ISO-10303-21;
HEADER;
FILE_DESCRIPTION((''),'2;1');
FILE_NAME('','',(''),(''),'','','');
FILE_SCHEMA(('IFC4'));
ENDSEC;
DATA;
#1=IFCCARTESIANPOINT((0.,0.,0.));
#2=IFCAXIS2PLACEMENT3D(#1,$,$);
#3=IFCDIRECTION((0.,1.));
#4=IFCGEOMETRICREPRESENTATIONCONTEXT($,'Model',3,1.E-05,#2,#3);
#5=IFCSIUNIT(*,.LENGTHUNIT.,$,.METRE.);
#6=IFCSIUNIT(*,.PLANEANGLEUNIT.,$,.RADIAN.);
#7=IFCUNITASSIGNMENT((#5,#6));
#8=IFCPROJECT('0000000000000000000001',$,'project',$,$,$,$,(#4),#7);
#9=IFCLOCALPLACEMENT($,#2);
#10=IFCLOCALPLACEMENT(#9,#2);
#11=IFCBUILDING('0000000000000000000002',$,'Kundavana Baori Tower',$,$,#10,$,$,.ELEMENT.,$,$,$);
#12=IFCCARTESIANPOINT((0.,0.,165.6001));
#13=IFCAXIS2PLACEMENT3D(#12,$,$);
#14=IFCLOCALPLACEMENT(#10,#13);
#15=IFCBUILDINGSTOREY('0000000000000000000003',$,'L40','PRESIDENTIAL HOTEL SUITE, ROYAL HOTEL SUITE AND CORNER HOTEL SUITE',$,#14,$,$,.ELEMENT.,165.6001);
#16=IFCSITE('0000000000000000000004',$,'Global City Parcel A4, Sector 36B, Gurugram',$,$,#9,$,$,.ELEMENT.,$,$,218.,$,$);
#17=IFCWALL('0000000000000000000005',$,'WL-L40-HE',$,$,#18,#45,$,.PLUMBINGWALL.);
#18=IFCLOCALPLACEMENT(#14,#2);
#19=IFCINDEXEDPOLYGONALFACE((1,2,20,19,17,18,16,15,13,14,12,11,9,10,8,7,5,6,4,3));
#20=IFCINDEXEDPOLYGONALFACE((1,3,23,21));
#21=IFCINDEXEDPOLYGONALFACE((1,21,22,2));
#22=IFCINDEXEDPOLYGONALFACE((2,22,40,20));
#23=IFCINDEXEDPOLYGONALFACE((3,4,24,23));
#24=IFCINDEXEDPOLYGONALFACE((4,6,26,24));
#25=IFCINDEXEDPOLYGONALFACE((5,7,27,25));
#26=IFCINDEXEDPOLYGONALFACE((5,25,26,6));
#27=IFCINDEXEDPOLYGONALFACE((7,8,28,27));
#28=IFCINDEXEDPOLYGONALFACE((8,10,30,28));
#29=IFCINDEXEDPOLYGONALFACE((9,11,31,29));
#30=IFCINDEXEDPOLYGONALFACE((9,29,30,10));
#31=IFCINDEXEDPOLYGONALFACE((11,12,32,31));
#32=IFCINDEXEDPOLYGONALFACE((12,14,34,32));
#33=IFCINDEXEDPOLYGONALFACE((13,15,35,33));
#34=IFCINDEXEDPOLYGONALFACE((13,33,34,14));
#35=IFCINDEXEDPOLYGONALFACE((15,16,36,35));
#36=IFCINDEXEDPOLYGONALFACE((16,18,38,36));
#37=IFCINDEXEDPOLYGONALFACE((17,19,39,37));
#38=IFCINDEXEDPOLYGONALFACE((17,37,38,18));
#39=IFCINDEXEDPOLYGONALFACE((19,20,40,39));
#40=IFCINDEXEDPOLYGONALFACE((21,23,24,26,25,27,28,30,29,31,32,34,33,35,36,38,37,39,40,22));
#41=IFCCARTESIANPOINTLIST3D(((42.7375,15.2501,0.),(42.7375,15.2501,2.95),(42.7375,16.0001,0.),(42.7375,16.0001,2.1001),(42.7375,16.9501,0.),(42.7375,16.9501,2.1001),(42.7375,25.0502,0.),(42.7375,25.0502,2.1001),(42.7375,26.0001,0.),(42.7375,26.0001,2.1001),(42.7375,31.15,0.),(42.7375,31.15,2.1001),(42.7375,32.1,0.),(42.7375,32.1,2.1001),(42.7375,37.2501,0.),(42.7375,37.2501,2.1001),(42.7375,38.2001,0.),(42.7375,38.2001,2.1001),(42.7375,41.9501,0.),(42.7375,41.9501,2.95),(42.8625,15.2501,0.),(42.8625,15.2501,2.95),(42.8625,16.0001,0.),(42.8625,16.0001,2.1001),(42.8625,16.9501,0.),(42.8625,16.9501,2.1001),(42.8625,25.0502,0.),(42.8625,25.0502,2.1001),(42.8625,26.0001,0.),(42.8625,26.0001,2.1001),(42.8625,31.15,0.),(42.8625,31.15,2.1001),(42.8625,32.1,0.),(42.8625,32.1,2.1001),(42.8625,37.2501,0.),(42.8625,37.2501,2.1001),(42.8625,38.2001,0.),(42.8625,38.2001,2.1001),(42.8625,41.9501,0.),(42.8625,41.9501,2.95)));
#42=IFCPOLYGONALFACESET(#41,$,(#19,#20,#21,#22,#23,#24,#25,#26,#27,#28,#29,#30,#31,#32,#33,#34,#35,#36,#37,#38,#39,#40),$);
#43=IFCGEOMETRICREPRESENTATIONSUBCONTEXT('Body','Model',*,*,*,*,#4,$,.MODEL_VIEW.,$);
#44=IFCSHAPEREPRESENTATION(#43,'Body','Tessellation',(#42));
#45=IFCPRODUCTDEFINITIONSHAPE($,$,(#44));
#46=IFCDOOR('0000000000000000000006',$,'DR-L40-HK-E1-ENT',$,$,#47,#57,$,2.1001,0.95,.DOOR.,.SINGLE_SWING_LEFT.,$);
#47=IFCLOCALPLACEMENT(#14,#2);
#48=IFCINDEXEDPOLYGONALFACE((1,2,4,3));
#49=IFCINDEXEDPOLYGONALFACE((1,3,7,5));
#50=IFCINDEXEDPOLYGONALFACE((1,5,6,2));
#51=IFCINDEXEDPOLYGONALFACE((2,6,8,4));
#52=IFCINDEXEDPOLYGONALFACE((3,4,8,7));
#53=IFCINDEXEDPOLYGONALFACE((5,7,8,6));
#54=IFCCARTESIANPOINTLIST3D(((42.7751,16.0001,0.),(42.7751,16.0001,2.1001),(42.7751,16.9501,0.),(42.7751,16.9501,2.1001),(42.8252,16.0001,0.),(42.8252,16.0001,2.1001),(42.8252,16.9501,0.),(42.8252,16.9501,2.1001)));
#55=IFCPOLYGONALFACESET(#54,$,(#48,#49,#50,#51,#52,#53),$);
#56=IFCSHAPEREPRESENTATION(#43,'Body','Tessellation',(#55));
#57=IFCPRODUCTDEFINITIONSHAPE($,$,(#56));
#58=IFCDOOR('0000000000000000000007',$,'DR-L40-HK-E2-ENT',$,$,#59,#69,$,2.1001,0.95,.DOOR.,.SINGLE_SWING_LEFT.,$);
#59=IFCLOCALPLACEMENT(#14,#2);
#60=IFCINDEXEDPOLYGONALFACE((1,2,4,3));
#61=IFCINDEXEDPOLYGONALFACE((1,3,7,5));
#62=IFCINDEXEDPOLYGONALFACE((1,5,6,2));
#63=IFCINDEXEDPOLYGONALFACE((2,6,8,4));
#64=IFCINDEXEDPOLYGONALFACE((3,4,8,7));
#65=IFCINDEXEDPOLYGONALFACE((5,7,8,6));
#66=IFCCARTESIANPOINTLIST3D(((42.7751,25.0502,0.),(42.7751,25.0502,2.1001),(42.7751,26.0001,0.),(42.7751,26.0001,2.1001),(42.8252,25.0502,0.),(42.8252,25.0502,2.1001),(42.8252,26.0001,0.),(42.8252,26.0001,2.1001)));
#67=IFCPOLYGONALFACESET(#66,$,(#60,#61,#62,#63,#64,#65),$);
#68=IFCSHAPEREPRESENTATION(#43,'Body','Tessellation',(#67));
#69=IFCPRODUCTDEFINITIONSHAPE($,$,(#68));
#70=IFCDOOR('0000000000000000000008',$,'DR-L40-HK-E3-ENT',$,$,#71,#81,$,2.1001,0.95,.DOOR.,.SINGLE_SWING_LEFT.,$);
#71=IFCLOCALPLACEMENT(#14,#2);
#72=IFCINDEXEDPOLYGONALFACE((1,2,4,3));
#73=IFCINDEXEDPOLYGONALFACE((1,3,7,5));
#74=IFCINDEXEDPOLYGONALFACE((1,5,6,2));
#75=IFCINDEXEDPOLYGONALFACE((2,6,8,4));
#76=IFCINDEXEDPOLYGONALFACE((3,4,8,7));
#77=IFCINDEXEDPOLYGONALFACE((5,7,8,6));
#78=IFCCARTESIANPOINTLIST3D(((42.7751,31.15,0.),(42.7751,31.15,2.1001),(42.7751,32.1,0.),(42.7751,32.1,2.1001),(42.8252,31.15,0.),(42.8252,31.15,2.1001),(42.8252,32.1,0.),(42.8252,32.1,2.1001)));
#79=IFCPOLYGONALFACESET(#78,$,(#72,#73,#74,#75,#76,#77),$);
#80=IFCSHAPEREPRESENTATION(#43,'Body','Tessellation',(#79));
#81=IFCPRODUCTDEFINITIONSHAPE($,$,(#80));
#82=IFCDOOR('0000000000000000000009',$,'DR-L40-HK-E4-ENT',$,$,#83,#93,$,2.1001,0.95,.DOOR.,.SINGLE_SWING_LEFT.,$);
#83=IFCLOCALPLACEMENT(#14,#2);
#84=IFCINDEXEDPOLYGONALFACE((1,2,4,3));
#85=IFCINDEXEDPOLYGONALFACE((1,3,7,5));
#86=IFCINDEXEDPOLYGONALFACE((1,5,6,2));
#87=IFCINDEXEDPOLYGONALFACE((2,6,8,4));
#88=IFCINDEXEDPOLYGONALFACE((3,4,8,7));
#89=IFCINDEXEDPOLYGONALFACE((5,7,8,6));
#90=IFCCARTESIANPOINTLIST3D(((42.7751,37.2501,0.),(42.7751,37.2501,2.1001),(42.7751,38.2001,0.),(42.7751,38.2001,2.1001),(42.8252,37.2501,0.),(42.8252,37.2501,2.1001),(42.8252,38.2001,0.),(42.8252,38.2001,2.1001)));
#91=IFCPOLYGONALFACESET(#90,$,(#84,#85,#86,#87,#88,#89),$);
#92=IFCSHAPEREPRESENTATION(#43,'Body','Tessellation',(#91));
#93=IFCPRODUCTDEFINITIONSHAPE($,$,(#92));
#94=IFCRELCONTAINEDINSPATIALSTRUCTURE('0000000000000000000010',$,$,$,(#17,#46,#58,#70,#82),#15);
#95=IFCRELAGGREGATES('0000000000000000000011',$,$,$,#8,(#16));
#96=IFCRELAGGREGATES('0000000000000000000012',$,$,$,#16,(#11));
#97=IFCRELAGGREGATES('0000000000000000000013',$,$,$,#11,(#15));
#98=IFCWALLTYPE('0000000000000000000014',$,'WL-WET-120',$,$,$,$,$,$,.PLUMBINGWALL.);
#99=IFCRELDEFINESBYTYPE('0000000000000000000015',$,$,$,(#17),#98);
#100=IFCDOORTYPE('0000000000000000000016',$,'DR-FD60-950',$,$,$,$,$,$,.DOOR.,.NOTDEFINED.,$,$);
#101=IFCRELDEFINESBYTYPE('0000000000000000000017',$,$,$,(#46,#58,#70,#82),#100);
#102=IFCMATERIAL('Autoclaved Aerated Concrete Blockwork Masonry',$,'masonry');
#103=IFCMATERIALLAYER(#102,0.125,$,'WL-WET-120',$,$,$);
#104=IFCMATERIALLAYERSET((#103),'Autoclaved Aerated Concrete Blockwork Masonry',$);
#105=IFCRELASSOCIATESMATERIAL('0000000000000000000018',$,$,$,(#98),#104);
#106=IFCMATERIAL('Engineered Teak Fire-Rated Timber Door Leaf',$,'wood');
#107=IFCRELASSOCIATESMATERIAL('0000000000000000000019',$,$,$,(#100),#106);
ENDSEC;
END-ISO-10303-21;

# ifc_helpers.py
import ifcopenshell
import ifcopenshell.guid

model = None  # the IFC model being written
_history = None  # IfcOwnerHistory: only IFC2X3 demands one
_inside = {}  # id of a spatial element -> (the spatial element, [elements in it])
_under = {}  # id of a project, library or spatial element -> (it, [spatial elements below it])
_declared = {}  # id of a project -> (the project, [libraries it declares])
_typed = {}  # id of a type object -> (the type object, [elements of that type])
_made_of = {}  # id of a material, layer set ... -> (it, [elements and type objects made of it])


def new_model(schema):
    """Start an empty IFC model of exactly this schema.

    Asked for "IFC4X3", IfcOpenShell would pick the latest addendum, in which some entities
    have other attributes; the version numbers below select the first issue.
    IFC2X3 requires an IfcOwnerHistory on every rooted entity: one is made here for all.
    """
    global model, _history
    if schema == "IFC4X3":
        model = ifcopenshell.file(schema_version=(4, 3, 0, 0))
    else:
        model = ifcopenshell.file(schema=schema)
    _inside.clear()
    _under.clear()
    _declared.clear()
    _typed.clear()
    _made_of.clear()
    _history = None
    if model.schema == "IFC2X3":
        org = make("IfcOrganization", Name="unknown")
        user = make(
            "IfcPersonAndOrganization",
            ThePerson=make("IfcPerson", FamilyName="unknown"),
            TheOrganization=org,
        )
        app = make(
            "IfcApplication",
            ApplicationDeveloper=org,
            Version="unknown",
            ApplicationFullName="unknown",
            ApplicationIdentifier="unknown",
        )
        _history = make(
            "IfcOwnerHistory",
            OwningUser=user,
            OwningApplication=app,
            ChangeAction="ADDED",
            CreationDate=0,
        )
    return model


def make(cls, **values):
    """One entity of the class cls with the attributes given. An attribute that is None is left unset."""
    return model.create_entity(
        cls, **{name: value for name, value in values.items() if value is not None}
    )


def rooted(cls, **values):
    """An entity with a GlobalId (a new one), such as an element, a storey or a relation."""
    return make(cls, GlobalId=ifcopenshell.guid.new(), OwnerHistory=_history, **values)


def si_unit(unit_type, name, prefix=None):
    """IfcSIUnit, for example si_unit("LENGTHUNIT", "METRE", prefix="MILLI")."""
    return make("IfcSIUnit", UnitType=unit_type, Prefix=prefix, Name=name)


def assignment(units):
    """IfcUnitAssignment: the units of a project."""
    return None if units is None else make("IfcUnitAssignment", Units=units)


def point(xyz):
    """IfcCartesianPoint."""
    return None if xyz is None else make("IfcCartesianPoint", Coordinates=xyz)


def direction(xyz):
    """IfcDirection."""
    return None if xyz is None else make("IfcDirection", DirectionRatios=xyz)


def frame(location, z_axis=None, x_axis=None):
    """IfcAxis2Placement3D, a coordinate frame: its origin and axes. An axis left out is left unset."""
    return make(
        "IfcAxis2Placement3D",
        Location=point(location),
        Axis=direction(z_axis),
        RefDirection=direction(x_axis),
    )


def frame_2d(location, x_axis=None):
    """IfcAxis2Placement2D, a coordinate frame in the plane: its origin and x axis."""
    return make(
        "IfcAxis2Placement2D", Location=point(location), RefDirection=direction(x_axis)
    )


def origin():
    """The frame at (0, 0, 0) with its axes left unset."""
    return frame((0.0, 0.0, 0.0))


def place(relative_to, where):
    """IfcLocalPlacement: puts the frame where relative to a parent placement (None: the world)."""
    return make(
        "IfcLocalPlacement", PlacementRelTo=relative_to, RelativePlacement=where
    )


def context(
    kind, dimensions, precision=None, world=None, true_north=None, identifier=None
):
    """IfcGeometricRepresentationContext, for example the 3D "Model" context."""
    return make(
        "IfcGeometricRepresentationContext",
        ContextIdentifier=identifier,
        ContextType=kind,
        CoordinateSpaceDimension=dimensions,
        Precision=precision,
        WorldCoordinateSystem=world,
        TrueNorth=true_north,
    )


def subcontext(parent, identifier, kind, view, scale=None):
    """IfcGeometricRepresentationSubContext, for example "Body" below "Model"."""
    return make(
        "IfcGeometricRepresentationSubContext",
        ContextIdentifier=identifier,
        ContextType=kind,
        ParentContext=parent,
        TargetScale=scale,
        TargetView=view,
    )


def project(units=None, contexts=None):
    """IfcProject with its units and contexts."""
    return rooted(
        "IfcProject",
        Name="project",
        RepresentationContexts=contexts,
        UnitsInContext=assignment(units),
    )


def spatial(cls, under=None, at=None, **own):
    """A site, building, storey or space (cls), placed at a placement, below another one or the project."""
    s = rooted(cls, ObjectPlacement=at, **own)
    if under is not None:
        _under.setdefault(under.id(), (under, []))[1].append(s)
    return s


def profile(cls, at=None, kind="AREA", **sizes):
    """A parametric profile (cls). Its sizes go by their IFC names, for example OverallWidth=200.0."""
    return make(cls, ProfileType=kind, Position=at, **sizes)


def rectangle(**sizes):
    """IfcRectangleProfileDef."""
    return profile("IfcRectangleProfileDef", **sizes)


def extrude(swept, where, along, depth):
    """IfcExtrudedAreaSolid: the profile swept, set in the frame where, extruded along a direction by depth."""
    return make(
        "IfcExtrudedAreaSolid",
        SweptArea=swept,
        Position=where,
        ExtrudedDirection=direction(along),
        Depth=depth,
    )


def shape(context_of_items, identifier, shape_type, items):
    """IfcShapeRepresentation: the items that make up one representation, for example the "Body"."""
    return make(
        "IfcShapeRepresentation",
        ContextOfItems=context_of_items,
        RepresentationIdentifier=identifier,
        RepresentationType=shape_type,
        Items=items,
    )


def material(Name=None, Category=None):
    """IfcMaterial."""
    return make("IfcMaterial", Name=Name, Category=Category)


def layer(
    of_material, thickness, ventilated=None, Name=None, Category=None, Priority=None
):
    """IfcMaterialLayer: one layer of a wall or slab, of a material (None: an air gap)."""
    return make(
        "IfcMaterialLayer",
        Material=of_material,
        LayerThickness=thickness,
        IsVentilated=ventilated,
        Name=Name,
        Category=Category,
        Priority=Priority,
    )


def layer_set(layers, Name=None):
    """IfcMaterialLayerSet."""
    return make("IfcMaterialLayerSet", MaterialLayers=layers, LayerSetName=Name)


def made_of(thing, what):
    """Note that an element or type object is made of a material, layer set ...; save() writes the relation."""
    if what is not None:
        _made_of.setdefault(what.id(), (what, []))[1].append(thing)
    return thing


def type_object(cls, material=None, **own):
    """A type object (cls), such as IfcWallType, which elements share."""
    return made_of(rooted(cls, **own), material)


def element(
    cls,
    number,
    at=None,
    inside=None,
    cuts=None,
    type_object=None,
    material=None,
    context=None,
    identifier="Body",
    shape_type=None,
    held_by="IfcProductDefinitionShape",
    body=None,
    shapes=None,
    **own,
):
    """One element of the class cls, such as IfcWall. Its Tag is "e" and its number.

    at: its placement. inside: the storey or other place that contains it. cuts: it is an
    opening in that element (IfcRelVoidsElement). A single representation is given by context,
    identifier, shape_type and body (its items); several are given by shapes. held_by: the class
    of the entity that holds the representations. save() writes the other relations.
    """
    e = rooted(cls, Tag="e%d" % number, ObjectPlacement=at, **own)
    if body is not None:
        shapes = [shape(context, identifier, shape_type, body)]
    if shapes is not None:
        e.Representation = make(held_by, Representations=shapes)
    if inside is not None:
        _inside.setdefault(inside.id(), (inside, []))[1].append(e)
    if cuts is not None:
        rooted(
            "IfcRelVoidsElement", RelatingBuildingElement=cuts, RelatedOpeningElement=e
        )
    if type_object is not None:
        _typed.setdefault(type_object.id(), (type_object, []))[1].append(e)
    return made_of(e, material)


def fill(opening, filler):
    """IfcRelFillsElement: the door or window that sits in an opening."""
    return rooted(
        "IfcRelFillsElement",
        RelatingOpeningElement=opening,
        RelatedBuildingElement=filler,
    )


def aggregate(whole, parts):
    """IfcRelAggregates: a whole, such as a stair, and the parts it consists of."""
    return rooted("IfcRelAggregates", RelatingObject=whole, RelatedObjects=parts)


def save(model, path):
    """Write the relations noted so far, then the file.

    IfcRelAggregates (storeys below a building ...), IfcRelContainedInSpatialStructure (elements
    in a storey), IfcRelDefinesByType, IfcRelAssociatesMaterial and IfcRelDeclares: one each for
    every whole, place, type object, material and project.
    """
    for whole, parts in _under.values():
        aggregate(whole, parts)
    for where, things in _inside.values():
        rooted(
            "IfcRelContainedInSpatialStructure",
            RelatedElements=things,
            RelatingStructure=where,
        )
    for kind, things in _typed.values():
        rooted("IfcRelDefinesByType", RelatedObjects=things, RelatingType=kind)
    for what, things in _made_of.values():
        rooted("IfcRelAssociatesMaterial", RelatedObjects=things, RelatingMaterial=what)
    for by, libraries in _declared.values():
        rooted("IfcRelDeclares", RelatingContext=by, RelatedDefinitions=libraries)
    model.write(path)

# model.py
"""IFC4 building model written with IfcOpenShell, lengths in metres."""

from ifc_helpers import new_model, si_unit, direction, frame, frame_2d, origin, place, context, subcontext, project, spatial, rectangle, extrude, material, layer, layer_set, type_object, element, fill, save


model = new_model("IFC4")

# Units and contexts
model_context = context("Model", 3, precision=1e-05, world=origin(), true_north=direction((0.0, 1.0)))
body_context = subcontext(model_context, "Body", "Model", "MODEL_VIEW")
ifc_project = project(units=[si_unit("LENGTHUNIT", "METRE"), si_unit("PLANEANGLEUNIT", "RADIAN")], contexts=[model_context])

# Site, building, storey
site_placement = place(None, origin())
site = spatial("IfcSite", under=ifc_project, at=site_placement, Name="Global City Parcel A4, Sector 36B, Gurugram", CompositionType="ELEMENT", RefElevation=218.0)
building_placement = place(site_placement, origin())
building = spatial("IfcBuilding", under=site, at=building_placement, Name="Kundavana Baori Tower", CompositionType="ELEMENT")
storey_placement = place(building_placement, frame((0.0, 0.0, 165.6001)))
storey = spatial("IfcBuildingStorey", under=building, at=storey_placement, Name="L40", Description="PRESIDENTIAL HOTEL SUITE, ROYAL HOTEL SUITE AND CORNER HOTEL SUITE", CompositionType="ELEMENT", Elevation=165.6001)

# Wall, openings, doors
ifc_material_1 = material(Name="Autoclaved Aerated Concrete Blockwork Masonry", Category="masonry")
ifc_layer_1 = layer(ifc_material_1, 0.125, Name="WL-WET-120")
ifc_layer_set_1 = layer_set([ifc_layer_1], Name="Autoclaved Aerated Concrete Blockwork Masonry")
wall_type_1 = type_object("IfcWallType", Name="WL-WET-120", PredefinedType="PLUMBINGWALL", material=ifc_layer_set_1)
wall_1_placement = place(storey_placement, frame((42.8, 15.25, 0.0), z_axis=(0.0, 0.0, 1.0), x_axis=(0.0, 1.0, 0.0)))
wall_1 = element("IfcWall", 1, at=wall_1_placement, inside=storey, type_object=wall_type_1, Name="WL-L40-HE", PredefinedType="PLUMBINGWALL", context=body_context, shape_type="SweptSolid", body=[
    extrude(rectangle(XDim=26.7, YDim=0.125, at=frame_2d((13.3501, 0.0))), origin(), (0.0, 0.0, 1.0), 2.95),
])
opening_1_placement = place(wall_1_placement, frame((0.75, 0.0, 0.0)))
opening_1 = element("IfcOpeningElement", 2, at=opening_1_placement, cuts=wall_1, PredefinedType="OPENING", context=body_context, shape_type="SweptSolid", body=[
    extrude(rectangle(XDim=0.95, YDim=2.1001, at=frame_2d((0.4751, 1.05))), frame((0.0, 0.0725, 0.0), z_axis=(0.0, -1.0, 0.0), x_axis=(1.0, 0.0, 0.0)), (0.0, 0.0, 1.0), 0.145),
])
opening_2_placement = place(wall_1_placement, frame((9.8, 0.0, 0.0)))
opening_2 = element("IfcOpeningElement", 3, at=opening_2_placement, cuts=wall_1, PredefinedType="OPENING", context=body_context, shape_type="SweptSolid", body=[
    extrude(rectangle(XDim=0.95, YDim=2.1001, at=frame_2d((0.4751, 1.05))), frame((0.0, 0.0725, 0.0), z_axis=(0.0, -1.0, 0.0), x_axis=(1.0, 0.0, 0.0)), (0.0, 0.0, 1.0), 0.145),
])
opening_3_placement = place(wall_1_placement, frame((15.8999, 0.0, 0.0)))
opening_3 = element("IfcOpeningElement", 4, at=opening_3_placement, cuts=wall_1, PredefinedType="OPENING", context=body_context, shape_type="SweptSolid", body=[
    extrude(rectangle(XDim=0.95, YDim=2.1001, at=frame_2d((0.4751, 1.05))), frame((0.0, 0.0725, 0.0), z_axis=(0.0, -1.0, 0.0), x_axis=(1.0, 0.0, 0.0)), (0.0, 0.0, 1.0), 0.145),
])
opening_4_placement = place(wall_1_placement, frame((22.0, 0.0, 0.0)))
opening_4 = element("IfcOpeningElement", 5, at=opening_4_placement, cuts=wall_1, PredefinedType="OPENING", context=body_context, shape_type="SweptSolid", body=[
    extrude(rectangle(XDim=0.95, YDim=2.1001, at=frame_2d((0.4751, 1.05))), frame((0.0, 0.0725, 0.0), z_axis=(0.0, -1.0, 0.0), x_axis=(1.0, 0.0, 0.0)), (0.0, 0.0, 1.0), 0.145),
])
ifc_material_2 = material(Name="Engineered Teak Fire-Rated Timber Door Leaf", Category="wood")
door_type_1 = type_object("IfcDoorType", Name="DR-FD60-950", OperationType="NOTDEFINED", PredefinedType="DOOR", material=ifc_material_2)
door_1_placement = place(opening_1_placement, origin())
door_1 = element("IfcDoor", 6, at=door_1_placement, inside=storey, type_object=door_type_1, Name="DR-L40-HK-E1-ENT", OperationType="SINGLE_SWING_LEFT", OverallHeight=2.1001, OverallWidth=0.95, PredefinedType="DOOR", context=body_context, shape_type="SweptSolid", body=[
    extrude(rectangle(XDim=0.95, YDim=2.1001, at=frame_2d((0.4751, 1.05))), frame((0.0, 0.0249, 0.0), z_axis=(0.0, -1.0, 0.0), x_axis=(1.0, 0.0, 0.0)), (0.0, 0.0, 1.0), 0.05),
])
fill(opening_1, door_1)
door_2_placement = place(opening_2_placement, origin())
door_2 = element("IfcDoor", 7, at=door_2_placement, inside=storey, type_object=door_type_1, Name="DR-L40-HK-E2-ENT", OperationType="SINGLE_SWING_LEFT", OverallHeight=2.1001, OverallWidth=0.95, PredefinedType="DOOR", context=body_context, shape_type="SweptSolid", body=[
    extrude(rectangle(XDim=0.95, YDim=2.1001, at=frame_2d((0.4751, 1.05))), frame((0.0, 0.0249, 0.0), z_axis=(0.0, -1.0, 0.0), x_axis=(1.0, 0.0, 0.0)), (0.0, 0.0, 1.0), 0.05),
])
fill(opening_2, door_2)
door_3_placement = place(opening_3_placement, origin())
door_3 = element("IfcDoor", 8, at=door_3_placement, inside=storey, type_object=door_type_1, Name="DR-L40-HK-E3-ENT", OperationType="SINGLE_SWING_LEFT", OverallHeight=2.1001, OverallWidth=0.95, PredefinedType="DOOR", context=body_context, shape_type="SweptSolid", body=[
    extrude(rectangle(XDim=0.95, YDim=2.1001, at=frame_2d((0.4751, 1.05))), frame((0.0, 0.0249, 0.0), z_axis=(0.0, -1.0, 0.0), x_axis=(1.0, 0.0, 0.0)), (0.0, 0.0, 1.0), 0.05),
])
fill(opening_3, door_3)
door_4_placement = place(opening_4_placement, origin())
door_4 = element("IfcDoor", 9, at=door_4_placement, inside=storey, type_object=door_type_1, Name="DR-L40-HK-E4-ENT", OperationType="SINGLE_SWING_LEFT", OverallHeight=2.1001, OverallWidth=0.95, PredefinedType="DOOR", context=body_context, shape_type="SweptSolid", body=[
    extrude(rectangle(XDim=0.95, YDim=2.1001, at=frame_2d((0.4751, 1.05))), frame((0.0, 0.0249, 0.0), z_axis=(0.0, -1.0, 0.0), x_axis=(1.0, 0.0, 0.0)), (0.0, 0.0, 1.0), 0.05),
])
fill(opening_4, door_4)

save(model, "model.ifc")
